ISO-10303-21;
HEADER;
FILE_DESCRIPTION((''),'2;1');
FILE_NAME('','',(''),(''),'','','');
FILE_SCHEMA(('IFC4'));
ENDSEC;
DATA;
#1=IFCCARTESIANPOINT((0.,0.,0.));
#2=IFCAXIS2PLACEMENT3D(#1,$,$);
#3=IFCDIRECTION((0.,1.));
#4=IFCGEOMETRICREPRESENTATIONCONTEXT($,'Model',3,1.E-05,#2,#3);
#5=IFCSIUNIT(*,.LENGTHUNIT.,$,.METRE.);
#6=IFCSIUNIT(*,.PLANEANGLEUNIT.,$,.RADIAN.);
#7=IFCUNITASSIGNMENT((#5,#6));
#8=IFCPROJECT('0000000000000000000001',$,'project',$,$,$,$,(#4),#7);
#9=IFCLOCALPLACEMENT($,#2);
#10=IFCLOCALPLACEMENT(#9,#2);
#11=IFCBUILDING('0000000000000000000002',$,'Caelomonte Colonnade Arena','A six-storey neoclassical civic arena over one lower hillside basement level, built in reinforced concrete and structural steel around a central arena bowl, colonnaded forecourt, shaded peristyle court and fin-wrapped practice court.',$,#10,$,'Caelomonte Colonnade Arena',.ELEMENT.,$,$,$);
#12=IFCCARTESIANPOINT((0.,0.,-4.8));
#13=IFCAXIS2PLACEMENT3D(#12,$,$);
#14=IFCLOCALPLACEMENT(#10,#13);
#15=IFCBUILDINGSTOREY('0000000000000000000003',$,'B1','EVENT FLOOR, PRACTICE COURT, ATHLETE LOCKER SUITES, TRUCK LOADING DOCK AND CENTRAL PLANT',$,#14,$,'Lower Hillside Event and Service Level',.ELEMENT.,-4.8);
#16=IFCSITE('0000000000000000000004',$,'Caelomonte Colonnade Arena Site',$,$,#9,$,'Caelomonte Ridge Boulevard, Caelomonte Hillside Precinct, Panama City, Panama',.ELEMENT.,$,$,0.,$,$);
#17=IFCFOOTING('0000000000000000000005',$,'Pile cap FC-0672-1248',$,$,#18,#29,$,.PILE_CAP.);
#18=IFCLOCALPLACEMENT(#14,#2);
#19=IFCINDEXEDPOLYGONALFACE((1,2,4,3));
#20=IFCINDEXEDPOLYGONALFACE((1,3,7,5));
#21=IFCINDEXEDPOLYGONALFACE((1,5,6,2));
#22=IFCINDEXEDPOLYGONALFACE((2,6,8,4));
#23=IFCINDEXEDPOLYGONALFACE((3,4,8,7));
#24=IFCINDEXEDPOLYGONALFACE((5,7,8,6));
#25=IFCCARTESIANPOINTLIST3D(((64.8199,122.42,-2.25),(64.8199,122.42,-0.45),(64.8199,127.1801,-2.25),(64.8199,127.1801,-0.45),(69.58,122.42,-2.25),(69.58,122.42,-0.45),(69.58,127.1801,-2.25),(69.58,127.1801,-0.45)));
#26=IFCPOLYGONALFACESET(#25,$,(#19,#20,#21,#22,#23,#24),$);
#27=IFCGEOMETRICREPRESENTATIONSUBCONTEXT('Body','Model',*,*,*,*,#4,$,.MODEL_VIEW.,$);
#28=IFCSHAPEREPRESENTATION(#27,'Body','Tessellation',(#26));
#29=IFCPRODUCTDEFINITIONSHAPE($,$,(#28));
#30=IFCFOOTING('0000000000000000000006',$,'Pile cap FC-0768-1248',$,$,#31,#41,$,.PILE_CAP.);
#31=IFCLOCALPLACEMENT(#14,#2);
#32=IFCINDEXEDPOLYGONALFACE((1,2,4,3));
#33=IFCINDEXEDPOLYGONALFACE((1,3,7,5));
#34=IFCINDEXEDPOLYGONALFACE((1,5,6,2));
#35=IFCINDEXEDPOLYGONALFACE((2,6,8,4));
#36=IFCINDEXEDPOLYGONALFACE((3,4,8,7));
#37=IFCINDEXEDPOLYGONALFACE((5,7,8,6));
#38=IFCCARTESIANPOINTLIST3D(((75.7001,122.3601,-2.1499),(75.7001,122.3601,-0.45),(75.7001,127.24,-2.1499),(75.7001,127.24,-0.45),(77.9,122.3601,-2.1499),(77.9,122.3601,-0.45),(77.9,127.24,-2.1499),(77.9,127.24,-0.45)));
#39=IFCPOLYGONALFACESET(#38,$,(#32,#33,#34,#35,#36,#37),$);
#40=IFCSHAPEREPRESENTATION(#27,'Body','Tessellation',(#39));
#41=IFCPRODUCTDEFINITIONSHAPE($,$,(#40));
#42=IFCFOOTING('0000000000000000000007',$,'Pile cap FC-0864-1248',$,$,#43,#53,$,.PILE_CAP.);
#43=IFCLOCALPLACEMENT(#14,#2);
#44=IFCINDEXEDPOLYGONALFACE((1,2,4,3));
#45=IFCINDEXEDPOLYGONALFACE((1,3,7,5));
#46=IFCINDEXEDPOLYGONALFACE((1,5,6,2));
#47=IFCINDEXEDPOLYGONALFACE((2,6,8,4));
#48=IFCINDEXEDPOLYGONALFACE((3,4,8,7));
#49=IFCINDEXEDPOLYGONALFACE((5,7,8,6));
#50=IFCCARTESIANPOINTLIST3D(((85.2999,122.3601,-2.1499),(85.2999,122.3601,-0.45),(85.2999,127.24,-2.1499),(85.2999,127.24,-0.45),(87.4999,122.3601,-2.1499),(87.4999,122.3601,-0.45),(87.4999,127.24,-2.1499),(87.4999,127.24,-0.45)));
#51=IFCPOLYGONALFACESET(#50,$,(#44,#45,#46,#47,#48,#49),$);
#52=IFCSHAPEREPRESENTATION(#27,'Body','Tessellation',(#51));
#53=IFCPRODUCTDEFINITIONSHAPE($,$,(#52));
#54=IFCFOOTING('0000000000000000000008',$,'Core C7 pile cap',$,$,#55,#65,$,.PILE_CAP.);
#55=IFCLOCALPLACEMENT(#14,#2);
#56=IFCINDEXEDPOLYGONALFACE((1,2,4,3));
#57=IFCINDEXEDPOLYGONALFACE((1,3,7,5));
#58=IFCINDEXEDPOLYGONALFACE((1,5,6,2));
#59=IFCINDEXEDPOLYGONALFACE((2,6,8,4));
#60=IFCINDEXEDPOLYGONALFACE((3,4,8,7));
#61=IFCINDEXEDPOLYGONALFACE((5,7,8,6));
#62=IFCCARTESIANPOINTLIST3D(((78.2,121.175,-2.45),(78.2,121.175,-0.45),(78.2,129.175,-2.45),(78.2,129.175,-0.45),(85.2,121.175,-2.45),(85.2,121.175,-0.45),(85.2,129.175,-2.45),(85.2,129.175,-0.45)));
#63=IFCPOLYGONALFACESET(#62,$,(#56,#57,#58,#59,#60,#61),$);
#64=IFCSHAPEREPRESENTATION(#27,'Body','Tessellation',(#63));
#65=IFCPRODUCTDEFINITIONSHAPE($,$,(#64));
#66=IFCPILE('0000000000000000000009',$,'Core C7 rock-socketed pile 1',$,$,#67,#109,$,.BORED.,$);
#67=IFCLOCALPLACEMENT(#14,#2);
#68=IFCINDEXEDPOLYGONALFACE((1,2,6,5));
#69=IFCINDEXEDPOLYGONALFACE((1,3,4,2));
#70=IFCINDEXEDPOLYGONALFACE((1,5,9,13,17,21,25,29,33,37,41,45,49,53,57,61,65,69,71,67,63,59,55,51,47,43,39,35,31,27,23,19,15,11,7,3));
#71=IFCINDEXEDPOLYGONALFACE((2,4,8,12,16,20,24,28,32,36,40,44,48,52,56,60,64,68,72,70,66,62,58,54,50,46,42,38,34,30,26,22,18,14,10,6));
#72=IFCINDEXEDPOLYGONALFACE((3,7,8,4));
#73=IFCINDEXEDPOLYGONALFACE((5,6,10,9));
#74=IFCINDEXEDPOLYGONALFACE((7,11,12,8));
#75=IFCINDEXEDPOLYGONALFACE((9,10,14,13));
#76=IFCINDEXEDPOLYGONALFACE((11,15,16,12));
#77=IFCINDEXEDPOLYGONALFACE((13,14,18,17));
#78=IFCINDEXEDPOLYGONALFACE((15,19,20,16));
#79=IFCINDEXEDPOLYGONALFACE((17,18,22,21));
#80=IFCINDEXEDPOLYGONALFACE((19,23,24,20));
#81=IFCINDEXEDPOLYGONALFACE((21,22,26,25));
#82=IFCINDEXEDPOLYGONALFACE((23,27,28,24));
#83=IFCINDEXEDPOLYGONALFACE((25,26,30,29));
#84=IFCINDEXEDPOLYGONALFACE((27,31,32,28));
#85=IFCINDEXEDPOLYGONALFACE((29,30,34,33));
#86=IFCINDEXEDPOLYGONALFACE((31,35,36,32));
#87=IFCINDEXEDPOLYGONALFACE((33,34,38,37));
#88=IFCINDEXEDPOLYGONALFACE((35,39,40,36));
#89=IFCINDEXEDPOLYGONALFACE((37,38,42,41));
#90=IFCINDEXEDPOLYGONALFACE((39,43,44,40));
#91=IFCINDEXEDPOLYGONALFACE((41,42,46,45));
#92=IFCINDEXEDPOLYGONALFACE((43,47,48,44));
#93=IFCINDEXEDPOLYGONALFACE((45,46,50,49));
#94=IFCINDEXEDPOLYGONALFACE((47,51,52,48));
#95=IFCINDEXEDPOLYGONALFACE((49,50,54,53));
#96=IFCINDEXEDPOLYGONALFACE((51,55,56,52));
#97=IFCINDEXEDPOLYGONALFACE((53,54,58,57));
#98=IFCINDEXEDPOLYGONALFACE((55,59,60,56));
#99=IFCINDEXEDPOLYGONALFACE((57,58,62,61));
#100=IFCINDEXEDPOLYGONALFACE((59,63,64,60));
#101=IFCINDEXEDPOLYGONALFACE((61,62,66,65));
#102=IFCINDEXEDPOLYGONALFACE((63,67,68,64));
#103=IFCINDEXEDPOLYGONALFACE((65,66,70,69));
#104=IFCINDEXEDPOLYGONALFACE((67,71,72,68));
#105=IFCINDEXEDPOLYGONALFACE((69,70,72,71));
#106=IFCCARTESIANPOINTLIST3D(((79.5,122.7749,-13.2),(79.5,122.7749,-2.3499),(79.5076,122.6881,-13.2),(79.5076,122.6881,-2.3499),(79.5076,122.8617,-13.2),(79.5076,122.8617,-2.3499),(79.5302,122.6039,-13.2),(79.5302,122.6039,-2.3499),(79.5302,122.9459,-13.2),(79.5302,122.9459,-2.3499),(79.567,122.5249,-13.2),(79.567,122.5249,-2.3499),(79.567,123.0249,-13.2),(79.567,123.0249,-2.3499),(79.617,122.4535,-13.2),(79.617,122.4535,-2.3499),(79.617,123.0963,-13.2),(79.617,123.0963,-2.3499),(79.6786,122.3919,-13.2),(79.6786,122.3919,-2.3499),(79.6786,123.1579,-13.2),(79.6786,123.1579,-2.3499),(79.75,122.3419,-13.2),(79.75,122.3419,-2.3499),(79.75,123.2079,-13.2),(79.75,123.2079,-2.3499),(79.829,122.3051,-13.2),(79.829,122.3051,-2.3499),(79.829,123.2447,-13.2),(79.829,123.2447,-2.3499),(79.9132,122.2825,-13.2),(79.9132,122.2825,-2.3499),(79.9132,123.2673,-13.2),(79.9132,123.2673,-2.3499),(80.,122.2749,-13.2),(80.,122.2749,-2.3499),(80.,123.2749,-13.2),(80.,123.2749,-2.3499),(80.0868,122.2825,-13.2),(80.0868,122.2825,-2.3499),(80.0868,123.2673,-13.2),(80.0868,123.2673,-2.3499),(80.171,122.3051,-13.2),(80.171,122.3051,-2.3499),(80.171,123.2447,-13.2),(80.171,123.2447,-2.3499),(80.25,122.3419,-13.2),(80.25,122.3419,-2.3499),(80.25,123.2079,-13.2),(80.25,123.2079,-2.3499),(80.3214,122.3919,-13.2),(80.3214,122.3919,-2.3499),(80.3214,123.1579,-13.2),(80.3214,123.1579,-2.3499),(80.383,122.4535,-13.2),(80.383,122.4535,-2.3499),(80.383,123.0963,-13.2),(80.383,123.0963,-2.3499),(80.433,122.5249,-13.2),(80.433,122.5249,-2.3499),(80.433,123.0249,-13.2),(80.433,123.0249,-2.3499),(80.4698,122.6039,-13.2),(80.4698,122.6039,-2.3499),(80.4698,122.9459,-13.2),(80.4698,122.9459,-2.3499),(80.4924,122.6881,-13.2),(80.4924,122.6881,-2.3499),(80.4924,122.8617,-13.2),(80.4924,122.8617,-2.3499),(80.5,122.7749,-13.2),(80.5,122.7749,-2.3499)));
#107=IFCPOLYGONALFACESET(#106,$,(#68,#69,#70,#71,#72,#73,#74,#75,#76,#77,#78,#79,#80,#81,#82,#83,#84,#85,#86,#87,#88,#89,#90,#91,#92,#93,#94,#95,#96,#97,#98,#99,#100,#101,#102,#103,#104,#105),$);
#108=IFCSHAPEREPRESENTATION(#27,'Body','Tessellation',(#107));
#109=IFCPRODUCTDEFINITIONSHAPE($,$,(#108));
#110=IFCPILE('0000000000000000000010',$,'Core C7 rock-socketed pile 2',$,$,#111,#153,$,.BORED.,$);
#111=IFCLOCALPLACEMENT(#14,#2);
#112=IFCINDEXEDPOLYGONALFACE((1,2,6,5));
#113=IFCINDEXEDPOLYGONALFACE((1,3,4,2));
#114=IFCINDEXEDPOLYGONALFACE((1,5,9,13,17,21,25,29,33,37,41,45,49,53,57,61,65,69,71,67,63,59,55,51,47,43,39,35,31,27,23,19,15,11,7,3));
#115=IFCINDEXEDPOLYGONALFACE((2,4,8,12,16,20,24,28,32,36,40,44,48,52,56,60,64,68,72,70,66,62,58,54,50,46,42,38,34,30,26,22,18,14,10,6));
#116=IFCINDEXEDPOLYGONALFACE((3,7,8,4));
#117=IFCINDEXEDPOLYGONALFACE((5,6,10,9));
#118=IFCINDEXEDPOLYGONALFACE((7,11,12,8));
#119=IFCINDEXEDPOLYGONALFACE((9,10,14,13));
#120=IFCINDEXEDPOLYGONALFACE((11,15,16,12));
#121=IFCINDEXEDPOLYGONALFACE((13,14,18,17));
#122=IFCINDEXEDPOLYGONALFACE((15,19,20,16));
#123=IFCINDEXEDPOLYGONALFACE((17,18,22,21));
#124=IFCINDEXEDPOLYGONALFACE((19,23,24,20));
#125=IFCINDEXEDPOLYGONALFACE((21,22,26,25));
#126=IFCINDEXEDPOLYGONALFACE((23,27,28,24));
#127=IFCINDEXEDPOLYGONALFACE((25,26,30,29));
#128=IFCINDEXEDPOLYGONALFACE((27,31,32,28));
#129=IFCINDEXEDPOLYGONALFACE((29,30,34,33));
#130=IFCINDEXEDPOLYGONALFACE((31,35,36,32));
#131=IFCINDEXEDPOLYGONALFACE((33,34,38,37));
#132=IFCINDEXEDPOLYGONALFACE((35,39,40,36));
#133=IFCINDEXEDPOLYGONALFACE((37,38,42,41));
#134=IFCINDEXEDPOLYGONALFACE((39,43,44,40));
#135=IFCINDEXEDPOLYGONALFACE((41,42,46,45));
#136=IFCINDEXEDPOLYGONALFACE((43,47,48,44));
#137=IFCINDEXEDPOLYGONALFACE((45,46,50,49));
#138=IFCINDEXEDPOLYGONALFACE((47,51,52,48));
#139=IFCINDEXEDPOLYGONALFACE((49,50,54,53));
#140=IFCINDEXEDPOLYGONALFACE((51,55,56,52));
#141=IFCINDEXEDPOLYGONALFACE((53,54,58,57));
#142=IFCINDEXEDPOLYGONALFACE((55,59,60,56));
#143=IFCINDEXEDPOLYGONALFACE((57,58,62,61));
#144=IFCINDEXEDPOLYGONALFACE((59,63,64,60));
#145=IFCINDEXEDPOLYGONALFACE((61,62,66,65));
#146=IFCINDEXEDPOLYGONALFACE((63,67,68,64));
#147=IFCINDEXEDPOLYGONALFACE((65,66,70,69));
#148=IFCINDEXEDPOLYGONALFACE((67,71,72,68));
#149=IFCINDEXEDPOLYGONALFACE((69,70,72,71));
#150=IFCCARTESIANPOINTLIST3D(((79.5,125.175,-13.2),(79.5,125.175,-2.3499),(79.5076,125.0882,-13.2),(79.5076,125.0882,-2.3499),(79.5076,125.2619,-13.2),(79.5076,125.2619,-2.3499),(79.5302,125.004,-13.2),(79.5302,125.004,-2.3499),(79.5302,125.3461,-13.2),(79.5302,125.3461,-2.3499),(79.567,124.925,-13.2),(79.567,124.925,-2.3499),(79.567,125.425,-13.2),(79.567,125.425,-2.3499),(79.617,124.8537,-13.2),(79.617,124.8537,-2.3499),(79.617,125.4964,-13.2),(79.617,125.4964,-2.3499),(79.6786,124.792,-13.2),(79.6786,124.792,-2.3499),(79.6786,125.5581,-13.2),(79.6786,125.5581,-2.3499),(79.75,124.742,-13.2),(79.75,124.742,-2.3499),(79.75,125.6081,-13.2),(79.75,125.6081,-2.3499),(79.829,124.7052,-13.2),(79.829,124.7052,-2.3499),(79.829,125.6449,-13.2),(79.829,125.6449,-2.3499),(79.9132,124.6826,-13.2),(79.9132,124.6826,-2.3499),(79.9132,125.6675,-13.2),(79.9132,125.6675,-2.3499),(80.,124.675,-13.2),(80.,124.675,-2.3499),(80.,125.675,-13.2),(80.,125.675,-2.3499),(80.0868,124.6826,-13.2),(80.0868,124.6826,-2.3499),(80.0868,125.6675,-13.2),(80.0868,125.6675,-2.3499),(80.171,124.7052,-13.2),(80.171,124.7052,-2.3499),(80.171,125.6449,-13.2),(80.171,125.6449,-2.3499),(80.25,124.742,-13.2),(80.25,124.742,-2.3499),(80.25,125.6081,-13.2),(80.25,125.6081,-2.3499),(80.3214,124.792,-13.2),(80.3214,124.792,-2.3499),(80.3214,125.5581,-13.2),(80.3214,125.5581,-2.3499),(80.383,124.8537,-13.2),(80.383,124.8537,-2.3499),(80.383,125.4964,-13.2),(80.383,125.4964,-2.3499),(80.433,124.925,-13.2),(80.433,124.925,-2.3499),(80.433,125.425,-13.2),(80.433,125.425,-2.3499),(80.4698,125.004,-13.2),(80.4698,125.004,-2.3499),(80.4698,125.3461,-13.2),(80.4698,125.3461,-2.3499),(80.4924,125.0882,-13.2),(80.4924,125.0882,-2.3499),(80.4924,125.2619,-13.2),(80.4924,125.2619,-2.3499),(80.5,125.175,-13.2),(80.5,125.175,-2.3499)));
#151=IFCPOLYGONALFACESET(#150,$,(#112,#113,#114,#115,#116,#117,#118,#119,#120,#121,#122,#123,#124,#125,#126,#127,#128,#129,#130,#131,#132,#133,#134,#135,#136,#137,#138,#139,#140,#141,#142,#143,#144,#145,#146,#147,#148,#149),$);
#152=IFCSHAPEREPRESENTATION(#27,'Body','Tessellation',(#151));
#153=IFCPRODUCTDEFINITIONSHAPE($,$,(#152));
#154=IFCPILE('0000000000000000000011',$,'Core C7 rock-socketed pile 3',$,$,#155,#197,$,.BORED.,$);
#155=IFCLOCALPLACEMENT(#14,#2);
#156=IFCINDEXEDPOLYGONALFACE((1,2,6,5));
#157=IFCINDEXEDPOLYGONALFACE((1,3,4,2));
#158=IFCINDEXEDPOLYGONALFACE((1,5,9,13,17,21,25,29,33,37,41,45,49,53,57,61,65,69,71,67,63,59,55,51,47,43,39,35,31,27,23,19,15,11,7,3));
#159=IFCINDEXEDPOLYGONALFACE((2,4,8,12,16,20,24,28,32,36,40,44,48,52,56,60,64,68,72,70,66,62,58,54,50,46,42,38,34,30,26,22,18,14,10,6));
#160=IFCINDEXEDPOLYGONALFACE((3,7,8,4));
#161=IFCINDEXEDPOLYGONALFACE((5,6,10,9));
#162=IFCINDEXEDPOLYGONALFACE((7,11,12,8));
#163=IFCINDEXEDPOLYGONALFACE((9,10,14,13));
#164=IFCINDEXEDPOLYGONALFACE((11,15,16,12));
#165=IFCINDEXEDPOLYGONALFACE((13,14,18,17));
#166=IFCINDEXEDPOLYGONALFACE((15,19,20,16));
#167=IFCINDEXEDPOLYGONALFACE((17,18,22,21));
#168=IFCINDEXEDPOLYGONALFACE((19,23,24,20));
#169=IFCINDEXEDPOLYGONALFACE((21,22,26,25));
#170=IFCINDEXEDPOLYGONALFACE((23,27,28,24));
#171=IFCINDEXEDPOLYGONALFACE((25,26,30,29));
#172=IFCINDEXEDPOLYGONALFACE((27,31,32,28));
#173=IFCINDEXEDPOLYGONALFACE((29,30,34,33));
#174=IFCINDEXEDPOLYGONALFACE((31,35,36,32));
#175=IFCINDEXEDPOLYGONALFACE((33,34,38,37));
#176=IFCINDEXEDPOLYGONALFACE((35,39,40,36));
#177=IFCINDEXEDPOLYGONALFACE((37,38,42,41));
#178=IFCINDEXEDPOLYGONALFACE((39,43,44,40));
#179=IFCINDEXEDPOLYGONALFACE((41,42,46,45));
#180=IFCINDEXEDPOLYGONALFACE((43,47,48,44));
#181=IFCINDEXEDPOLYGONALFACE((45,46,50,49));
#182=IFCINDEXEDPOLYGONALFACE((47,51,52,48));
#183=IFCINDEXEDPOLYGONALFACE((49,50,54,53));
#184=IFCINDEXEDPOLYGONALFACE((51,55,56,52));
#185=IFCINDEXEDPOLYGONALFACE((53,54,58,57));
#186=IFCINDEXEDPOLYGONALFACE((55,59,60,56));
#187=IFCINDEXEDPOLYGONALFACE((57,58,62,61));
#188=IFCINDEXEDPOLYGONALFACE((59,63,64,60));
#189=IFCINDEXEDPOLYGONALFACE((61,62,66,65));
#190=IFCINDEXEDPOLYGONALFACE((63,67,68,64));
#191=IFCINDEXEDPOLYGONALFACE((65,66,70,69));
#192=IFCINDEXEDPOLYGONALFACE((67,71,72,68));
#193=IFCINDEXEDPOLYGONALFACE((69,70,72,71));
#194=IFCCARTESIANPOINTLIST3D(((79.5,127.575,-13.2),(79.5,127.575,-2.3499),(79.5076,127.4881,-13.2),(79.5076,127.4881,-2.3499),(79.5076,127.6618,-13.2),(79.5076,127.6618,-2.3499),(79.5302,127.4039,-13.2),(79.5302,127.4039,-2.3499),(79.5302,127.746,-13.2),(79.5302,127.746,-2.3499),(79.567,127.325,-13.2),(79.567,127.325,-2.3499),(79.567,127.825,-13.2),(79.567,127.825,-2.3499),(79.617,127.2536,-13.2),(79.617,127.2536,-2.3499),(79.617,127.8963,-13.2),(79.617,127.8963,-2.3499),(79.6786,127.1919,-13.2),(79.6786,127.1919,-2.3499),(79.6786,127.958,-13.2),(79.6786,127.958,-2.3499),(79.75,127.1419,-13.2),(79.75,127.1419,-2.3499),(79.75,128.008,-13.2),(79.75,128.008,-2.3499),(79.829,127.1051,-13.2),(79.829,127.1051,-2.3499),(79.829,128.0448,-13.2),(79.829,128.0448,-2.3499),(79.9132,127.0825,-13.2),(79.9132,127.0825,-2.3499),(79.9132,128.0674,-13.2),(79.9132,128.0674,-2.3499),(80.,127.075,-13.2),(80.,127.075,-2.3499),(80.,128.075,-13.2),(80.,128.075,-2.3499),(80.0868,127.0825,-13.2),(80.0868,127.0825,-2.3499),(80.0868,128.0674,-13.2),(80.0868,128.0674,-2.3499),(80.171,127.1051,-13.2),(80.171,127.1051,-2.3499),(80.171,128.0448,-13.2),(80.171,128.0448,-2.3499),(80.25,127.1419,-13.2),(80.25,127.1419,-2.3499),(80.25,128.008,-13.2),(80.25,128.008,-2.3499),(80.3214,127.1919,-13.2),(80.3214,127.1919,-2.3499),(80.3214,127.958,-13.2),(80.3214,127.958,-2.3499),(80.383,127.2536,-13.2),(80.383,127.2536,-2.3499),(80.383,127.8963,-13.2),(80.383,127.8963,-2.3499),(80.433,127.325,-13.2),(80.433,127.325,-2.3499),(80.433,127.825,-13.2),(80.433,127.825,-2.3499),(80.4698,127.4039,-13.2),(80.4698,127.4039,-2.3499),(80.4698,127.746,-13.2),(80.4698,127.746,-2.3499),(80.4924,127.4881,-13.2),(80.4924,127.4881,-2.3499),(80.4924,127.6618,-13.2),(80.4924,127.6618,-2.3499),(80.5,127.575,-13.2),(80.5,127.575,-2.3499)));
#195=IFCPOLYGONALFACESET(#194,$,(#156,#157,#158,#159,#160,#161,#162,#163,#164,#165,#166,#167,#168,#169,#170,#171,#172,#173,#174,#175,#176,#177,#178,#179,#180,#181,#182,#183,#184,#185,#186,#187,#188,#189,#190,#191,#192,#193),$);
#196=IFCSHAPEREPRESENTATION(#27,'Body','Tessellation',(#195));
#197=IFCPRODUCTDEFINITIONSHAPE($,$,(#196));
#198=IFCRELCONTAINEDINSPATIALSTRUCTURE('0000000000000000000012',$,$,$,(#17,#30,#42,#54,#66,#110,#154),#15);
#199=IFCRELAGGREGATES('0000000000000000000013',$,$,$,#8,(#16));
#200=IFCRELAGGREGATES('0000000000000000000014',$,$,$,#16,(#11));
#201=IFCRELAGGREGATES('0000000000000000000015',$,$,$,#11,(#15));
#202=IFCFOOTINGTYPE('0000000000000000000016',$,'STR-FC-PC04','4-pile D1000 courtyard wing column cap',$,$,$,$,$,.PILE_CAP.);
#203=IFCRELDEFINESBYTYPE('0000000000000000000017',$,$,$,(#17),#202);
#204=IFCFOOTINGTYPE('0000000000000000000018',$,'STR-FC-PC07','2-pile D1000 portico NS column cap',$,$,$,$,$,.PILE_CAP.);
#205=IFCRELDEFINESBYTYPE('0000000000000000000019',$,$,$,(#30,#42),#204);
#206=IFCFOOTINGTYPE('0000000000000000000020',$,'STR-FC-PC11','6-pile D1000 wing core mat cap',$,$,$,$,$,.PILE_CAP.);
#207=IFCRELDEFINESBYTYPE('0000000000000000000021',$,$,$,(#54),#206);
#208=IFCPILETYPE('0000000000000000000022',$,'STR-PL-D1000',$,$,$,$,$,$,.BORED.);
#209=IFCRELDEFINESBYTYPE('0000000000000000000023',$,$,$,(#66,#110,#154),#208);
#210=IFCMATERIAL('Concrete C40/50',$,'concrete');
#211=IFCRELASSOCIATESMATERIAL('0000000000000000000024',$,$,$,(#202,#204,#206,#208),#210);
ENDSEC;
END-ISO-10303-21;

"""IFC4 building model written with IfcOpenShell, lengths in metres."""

from ifc_helpers import new_model, si_unit, direction, frame, origin, origin_2d, place, context, subcontext, project, spatial, rectangle, circle, extrude, material, material_profile, profile_set, type_object, element, save


model = new_model("IFC4")

# Units and contexts
model_context = context("Model", 3, precision=1e-05, world=origin(), true_north=direction((0.0, 1.0)))
body_context = subcontext(model_context, "Body", "Model", "MODEL_VIEW")
ifc_project = project(units=[si_unit("LENGTHUNIT", "METRE"), si_unit("PLANEANGLEUNIT", "RADIAN")], contexts=[model_context])

# Site, building, storey
site_placement = place(None, origin())
site = spatial("IfcSite", under=ifc_project, at=site_placement, Name="Caelomonte Colonnade Arena Site", LongName="Caelomonte Ridge Boulevard, Caelomonte Hillside Precinct, Panama City, Panama", CompositionType="ELEMENT", RefElevation=0.0)
building_placement = place(site_placement, origin())
building = spatial("IfcBuilding", under=site, at=building_placement, Name="Caelomonte Colonnade Arena", Description="A six-storey neoclassical civic arena over one lower hillside basement level, built in reinforced concrete and structural steel around a central arena bowl, colonnaded forecourt, shaded peristyle court and fin-wrapped practice court.", LongName="Caelomonte Colonnade Arena", CompositionType="ELEMENT")
storey_placement = place(building_placement, frame((0.0, 0.0, -4.8)))
storey = spatial("IfcBuildingStorey", under=building, at=storey_placement, Name="B1", Description="EVENT FLOOR, PRACTICE COURT, ATHLETE LOCKER SUITES, TRUCK LOADING DOCK AND CENTRAL PLANT", LongName="Lower Hillside Event and Service Level", CompositionType="ELEMENT", Elevation=-4.8)

# Footings
ifc_material_1 = material(Name="Concrete C40/50", Category="concrete")
footing_type_1 = type_object("IfcFootingType", Name="STR-FC-PC04", Description="4-pile D1000 courtyard wing column cap", PredefinedType="PILE_CAP", material=ifc_material_1)
footing_1_placement = place(storey_placement, frame((67.2, 124.8, -2.25), z_axis=(0.0, 0.0, 1.0), x_axis=(1.0, 0.0, 0.0)))
element("IfcFooting", 1, at=footing_1_placement, inside=storey, type_object=footing_type_1, Name="Pile cap FC-0672-1248", PredefinedType="PILE_CAP", context=body_context, shape_type="SweptSolid", body=[
    extrude(rectangle(XDim=4.76, YDim=4.76, at=origin_2d()), origin(), (0.0, 0.0, 1.0), 1.8),
])
footing_type_2 = type_object("IfcFootingType", Name="STR-FC-PC07", Description="2-pile D1000 portico NS column cap", PredefinedType="PILE_CAP", material=ifc_material_1)
for number, where, z_axis, x_axis, name in (
    (2, (76.8, 124.8, -2.1499), (0.0, 0.0, 1.0), (1.0, 0.0, 0.0), "Pile cap FC-0768-1248"),
    (3, (86.3999, 124.8, -2.1499), (0.0, 0.0, 1.0), (1.0, 0.0, 0.0), "Pile cap FC-0864-1248"),
):
    element("IfcFooting", number, at=place(storey_placement, frame(where, z_axis=z_axis, x_axis=x_axis)), inside=storey, type_object=footing_type_2, Name=name, PredefinedType="PILE_CAP", context=body_context, shape_type="SweptSolid", body=[
        extrude(rectangle(XDim=2.2, YDim=4.8799, at=origin_2d()), origin(), (0.0, 0.0, 1.0), 1.7),
    ])
footing_type_3 = type_object("IfcFootingType", Name="STR-FC-PC11", Description="6-pile D1000 wing core mat cap", PredefinedType="PILE_CAP", material=ifc_material_1)
footing_2_placement = place(storey_placement, frame((81.7, 125.175, -2.45), z_axis=(0.0, 0.0, 1.0), x_axis=(1.0, 0.0, 0.0)))
element("IfcFooting", 4, at=footing_2_placement, inside=storey, type_object=footing_type_3, Name="Core C7 pile cap", PredefinedType="PILE_CAP", context=body_context, shape_type="SweptSolid", body=[
    extrude(rectangle(XDim=7.0, YDim=8.0, at=origin_2d()), origin(), (0.0, 0.0, 1.0), 2.0),
])

# Piles
ifc_material_profile_1 = material_profile(ifc_material_1, circle(Radius=0.5, at=origin_2d()), Name="PILE-D1000")
ifc_profile_set_1 = profile_set([ifc_material_profile_1], Name="Concrete C40/50")
pile_type = type_object("IfcPileType", Name="STR-PL-D1000", PredefinedType="BORED", material=ifc_profile_set_1)
for number, where, z_axis, x_axis, name in (
    (5, (80.0, 122.7749, -2.3499), (0.0, 0.0, -1.0), (1.0, 0.0, 0.0), "Core C7 rock-socketed pile 1"),
    (6, (80.0, 125.175, -2.3499), (0.0, 0.0, -1.0), (1.0, 0.0, 0.0), "Core C7 rock-socketed pile 2"),
    (7, (80.0, 127.575, -2.3499), (0.0, 0.0, -1.0), (1.0, 0.0, 0.0), "Core C7 rock-socketed pile 3"),
):
    element("IfcPile", number, at=place(storey_placement, frame(where, z_axis=z_axis, x_axis=x_axis)), inside=storey, type_object=pile_type, Name=name, PredefinedType="BORED", context=body_context, shape_type="SweptSolid", body=[
        extrude(circle(Radius=0.5, at=origin_2d()), origin(), (0.0, 0.0, 1.0), 10.8501),
    ])

save(model, "model.ifc")
